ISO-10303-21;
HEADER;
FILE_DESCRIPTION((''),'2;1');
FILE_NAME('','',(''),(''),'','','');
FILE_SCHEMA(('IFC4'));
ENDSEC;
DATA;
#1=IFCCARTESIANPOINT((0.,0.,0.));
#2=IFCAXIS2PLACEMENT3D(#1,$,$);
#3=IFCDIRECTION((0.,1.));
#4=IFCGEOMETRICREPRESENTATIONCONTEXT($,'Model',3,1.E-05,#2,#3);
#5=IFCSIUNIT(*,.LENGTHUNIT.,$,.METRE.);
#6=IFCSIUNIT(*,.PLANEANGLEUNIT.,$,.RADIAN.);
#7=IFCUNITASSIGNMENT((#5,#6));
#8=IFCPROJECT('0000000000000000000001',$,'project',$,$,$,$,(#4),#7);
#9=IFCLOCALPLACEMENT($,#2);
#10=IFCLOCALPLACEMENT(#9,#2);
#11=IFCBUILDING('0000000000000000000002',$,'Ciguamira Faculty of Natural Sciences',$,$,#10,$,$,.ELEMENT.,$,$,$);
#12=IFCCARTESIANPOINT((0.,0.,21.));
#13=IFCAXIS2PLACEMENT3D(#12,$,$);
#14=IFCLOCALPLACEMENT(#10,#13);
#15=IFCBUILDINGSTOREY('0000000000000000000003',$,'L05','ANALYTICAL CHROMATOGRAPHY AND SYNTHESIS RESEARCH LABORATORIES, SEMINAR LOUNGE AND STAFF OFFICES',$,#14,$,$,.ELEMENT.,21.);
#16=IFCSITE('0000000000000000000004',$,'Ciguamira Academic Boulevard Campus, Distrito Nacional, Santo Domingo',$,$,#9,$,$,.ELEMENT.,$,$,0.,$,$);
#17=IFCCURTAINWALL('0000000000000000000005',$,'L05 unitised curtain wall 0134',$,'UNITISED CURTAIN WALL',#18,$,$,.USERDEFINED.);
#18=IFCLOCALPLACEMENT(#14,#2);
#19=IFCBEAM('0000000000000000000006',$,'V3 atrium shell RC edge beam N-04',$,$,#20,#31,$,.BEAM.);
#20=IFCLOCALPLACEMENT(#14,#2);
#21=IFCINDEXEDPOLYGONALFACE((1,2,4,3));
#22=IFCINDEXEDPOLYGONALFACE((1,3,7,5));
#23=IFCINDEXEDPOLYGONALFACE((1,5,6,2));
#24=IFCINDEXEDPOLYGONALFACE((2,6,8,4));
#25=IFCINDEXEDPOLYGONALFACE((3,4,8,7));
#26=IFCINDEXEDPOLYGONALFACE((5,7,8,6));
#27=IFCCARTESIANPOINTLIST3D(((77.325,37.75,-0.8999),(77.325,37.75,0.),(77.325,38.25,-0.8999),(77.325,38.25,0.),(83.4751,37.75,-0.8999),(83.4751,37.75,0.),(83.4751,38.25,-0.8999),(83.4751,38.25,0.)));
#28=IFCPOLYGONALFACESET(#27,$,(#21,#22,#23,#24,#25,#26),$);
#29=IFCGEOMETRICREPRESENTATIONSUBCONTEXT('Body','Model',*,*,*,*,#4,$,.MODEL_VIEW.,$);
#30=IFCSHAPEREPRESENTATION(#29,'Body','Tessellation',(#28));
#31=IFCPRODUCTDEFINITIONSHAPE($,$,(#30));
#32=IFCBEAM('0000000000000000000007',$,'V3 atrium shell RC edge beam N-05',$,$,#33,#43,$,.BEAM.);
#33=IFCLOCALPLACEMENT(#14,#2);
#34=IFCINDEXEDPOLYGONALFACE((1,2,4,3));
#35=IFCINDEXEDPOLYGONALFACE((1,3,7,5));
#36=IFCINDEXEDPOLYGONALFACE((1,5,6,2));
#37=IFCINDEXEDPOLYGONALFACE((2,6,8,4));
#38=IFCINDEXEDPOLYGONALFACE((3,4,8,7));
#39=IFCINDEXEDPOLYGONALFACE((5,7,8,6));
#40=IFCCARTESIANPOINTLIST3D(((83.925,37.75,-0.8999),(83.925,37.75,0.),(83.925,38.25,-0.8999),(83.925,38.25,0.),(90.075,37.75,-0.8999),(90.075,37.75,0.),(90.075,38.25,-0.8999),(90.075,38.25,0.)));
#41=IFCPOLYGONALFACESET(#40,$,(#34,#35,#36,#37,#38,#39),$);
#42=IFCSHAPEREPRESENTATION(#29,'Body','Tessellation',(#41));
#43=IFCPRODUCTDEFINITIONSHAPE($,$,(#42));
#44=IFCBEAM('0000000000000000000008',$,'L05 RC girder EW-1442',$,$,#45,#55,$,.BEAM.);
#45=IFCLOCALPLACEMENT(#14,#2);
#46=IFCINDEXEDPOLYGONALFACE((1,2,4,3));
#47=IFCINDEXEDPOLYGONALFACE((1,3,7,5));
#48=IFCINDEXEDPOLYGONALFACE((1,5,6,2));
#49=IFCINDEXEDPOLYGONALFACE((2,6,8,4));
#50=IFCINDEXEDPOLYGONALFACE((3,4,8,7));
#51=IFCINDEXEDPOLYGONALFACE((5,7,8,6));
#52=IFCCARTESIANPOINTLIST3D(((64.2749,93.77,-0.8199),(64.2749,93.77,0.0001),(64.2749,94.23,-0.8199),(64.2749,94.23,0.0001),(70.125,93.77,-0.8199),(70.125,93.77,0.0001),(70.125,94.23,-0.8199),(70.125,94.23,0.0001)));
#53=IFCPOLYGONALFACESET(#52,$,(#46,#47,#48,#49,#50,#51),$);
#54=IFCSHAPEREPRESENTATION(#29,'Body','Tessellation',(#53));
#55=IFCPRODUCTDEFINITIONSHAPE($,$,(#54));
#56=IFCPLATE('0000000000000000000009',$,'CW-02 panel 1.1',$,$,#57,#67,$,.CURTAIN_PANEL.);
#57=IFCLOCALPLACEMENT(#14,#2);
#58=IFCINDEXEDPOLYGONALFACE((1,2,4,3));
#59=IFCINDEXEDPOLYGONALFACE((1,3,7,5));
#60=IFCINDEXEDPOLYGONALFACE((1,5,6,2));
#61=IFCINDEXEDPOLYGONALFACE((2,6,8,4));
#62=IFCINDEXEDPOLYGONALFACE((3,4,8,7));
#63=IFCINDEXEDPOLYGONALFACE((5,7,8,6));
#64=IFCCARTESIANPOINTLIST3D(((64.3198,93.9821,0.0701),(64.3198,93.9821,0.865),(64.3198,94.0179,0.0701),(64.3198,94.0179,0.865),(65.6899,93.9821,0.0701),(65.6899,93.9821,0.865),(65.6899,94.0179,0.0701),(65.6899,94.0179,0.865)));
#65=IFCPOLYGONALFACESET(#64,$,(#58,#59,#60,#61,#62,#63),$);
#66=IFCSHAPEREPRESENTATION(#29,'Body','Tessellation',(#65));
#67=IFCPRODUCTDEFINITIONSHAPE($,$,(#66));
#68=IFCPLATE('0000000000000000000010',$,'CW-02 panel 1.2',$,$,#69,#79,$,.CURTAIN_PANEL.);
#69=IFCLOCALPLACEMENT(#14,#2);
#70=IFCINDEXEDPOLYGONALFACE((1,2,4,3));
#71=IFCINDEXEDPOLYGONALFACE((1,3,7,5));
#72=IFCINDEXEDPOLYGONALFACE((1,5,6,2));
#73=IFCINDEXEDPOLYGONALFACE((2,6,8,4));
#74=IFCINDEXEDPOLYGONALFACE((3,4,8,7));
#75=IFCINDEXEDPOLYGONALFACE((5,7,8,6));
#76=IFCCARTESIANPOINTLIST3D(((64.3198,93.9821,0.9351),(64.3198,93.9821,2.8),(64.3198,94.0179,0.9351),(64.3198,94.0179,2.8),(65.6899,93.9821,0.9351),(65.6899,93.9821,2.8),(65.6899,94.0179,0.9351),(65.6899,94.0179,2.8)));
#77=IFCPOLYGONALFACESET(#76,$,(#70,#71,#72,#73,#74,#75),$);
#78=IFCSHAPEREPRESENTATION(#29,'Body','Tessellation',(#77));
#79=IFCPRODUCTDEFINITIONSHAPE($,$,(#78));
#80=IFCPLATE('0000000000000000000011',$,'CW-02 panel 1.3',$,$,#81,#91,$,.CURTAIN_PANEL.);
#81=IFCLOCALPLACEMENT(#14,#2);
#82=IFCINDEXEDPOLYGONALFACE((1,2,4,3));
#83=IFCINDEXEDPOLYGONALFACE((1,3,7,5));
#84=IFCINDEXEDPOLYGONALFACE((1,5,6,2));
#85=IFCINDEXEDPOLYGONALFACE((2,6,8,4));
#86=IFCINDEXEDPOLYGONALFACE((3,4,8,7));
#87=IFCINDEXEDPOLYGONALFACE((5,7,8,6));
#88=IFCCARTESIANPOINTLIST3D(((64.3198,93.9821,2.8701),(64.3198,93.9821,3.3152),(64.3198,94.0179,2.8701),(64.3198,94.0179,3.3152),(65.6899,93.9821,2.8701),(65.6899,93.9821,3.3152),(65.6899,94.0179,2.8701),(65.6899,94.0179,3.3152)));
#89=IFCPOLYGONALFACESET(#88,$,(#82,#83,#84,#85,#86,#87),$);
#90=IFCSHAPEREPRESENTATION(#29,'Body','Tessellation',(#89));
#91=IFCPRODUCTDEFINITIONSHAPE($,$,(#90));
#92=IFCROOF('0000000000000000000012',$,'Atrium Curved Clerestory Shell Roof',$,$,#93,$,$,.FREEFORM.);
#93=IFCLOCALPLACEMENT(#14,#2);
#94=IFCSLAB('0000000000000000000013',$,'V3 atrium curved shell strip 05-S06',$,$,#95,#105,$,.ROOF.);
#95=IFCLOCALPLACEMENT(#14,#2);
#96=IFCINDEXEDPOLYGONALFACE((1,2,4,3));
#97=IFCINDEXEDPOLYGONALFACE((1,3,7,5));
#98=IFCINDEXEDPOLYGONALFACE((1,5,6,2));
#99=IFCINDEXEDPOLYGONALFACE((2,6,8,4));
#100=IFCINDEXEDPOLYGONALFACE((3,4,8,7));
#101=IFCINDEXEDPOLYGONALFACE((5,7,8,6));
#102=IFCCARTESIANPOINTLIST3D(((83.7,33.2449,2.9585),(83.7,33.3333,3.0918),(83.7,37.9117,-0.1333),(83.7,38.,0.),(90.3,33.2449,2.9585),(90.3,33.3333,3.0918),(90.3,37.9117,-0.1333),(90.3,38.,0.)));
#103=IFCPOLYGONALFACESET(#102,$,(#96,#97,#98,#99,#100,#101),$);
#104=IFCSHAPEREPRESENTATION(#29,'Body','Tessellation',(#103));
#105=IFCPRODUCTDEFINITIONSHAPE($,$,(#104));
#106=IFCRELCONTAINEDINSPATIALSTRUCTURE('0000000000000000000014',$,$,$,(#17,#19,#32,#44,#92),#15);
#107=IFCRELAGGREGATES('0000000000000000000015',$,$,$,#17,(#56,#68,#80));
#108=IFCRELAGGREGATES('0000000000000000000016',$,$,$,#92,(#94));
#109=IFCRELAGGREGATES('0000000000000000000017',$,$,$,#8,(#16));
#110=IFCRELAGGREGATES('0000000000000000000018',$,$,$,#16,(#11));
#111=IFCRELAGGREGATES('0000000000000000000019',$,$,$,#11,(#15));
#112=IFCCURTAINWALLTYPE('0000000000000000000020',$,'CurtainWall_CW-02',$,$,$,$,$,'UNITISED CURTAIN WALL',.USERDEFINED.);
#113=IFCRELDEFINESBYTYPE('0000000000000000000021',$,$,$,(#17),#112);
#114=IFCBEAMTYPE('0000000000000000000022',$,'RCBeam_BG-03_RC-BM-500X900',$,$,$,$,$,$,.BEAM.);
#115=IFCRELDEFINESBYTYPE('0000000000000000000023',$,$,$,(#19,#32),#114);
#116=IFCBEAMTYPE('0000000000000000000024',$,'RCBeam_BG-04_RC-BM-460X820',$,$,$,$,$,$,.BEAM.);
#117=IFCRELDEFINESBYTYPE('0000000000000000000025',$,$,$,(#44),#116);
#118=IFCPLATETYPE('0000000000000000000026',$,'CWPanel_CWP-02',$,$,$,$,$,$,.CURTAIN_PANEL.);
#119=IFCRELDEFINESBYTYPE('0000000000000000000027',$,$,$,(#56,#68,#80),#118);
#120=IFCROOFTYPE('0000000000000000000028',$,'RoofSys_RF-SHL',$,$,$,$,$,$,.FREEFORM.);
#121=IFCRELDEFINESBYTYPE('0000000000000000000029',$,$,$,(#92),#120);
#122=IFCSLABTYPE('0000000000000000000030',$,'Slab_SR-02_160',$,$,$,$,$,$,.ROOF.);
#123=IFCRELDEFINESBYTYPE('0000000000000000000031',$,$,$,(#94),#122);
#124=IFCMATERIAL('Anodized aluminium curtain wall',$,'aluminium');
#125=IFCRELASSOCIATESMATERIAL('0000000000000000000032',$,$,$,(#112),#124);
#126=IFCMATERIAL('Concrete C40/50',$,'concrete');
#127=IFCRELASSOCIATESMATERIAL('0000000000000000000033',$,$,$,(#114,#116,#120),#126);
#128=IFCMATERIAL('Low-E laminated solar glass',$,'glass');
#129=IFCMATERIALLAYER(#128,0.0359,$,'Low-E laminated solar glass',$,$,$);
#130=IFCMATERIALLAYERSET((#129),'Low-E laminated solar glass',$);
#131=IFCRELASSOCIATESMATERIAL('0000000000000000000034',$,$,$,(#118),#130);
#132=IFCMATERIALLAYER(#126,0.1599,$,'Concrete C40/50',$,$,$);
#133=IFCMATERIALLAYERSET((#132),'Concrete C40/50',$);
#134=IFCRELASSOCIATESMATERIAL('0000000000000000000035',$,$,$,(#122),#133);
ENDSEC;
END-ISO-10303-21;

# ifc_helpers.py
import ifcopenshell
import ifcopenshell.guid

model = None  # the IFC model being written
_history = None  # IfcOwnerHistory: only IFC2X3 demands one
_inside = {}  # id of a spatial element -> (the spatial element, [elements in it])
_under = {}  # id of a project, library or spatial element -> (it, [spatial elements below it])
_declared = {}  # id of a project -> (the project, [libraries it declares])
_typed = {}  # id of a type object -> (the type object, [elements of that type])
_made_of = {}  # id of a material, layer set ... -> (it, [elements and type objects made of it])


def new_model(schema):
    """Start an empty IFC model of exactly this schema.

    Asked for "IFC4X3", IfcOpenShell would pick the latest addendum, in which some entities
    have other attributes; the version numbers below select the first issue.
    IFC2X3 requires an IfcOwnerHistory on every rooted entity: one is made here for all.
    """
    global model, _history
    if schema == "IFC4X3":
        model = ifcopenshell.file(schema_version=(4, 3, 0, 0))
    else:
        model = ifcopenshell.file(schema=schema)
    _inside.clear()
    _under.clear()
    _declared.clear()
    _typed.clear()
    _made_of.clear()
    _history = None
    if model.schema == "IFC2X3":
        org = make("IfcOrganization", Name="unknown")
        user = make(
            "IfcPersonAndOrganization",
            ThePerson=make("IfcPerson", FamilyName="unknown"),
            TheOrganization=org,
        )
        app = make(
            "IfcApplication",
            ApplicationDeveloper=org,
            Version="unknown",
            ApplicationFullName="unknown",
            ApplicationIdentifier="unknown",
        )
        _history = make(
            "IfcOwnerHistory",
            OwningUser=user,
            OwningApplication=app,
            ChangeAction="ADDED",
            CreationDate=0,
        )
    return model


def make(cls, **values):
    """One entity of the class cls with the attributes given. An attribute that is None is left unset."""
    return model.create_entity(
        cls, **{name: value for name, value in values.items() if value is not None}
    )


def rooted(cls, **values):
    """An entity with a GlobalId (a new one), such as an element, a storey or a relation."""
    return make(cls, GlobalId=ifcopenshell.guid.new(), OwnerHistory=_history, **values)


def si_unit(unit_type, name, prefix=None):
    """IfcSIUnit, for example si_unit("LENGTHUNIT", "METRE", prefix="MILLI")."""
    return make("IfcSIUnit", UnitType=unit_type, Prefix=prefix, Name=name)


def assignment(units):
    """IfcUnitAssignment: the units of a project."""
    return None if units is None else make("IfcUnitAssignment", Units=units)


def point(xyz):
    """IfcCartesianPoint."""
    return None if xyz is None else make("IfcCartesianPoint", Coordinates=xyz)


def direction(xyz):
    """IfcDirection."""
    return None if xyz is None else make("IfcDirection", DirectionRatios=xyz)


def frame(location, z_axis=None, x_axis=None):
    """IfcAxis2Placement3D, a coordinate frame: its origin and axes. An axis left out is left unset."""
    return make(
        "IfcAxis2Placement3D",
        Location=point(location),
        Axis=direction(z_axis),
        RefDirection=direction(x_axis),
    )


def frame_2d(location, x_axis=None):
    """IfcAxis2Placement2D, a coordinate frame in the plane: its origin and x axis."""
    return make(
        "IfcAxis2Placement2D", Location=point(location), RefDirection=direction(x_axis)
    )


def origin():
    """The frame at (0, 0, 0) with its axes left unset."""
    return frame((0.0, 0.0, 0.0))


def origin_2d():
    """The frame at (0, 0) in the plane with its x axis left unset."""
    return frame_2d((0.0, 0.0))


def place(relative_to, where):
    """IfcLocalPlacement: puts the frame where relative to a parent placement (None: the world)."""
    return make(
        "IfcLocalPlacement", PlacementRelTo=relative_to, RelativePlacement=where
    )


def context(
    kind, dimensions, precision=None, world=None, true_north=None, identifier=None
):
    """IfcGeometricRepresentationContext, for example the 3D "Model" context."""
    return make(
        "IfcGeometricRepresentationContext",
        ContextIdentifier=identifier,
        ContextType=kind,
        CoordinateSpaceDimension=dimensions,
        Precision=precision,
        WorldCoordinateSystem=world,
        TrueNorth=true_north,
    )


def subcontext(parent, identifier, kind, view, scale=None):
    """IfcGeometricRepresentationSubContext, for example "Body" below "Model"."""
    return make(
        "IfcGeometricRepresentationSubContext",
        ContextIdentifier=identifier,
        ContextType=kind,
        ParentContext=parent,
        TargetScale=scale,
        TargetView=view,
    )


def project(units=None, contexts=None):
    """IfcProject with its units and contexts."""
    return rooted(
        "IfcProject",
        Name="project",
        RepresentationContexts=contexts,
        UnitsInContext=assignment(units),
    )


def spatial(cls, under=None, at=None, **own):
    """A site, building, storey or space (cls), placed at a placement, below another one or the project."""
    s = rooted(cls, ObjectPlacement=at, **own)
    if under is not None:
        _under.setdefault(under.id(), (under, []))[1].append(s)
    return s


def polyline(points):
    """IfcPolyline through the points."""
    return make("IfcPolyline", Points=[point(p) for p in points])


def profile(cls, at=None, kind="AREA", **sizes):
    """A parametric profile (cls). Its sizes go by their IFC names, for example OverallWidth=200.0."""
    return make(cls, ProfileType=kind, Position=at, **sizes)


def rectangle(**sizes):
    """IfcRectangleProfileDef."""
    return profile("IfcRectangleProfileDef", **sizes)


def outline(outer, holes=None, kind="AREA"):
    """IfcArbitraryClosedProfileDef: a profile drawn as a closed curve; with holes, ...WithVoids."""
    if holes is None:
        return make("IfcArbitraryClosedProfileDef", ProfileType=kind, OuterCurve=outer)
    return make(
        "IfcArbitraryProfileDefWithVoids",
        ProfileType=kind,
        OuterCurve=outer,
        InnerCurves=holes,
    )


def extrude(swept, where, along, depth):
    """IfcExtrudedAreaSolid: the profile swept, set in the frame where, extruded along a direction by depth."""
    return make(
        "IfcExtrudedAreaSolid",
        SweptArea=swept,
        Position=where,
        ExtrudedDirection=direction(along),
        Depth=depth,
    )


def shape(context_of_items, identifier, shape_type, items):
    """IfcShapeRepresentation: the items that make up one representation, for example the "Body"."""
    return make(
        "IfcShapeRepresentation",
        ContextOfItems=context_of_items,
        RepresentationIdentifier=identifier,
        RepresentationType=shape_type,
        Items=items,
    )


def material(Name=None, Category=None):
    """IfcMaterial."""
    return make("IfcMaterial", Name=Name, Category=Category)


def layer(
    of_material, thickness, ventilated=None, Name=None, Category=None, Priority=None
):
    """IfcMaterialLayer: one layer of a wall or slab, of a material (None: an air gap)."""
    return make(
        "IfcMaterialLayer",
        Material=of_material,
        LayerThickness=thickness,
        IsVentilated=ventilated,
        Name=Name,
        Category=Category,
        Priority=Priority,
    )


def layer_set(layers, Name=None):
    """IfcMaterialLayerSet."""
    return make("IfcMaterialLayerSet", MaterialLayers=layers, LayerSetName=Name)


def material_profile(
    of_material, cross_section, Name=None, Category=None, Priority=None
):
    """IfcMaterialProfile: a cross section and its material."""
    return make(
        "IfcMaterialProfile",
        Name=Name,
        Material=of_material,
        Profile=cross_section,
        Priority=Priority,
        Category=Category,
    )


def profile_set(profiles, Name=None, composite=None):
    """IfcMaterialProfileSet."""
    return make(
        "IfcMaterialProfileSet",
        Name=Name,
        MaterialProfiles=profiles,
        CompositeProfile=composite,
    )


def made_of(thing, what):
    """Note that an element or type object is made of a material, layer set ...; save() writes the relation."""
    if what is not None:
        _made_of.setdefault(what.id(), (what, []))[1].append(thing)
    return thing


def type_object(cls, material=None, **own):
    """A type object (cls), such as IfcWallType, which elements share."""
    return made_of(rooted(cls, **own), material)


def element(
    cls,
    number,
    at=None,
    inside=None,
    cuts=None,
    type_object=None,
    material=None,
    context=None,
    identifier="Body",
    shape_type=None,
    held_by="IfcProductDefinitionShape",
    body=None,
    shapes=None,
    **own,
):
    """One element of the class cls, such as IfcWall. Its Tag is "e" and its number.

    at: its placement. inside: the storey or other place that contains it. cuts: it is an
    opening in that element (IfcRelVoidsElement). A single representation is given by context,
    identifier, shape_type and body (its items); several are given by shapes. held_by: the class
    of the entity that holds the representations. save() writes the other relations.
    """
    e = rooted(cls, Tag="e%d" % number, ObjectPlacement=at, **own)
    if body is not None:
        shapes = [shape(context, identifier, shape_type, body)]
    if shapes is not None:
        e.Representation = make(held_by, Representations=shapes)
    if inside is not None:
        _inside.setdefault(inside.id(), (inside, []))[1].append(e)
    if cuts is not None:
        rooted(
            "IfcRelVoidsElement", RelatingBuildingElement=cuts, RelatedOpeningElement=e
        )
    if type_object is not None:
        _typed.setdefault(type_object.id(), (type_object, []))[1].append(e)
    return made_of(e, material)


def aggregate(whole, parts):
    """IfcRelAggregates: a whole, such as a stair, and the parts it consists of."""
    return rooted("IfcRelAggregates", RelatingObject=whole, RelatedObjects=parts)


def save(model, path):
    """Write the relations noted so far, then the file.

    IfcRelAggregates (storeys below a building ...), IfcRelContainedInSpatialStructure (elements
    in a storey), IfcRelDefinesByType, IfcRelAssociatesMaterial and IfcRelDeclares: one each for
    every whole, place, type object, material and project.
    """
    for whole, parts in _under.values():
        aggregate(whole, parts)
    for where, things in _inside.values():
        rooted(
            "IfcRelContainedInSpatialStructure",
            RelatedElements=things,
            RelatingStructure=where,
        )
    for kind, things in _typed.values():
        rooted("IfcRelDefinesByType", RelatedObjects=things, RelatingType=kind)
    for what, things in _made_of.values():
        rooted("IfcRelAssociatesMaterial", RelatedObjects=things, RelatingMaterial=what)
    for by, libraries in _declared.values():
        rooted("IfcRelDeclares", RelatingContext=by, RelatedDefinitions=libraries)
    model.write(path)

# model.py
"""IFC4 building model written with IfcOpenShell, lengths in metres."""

from ifc_helpers import new_model, si_unit, direction, frame, origin, origin_2d, place, context, subcontext, project, spatial, polyline, rectangle, outline, extrude, material, layer, layer_set, material_profile, profile_set, type_object, element, aggregate, save


model = new_model("IFC4")

# Units and contexts
model_context = context("Model", 3, precision=1e-05, world=origin(), true_north=direction((0.0, 1.0)))
body_context = subcontext(model_context, "Body", "Model", "MODEL_VIEW")
ifc_project = project(units=[si_unit("LENGTHUNIT", "METRE"), si_unit("PLANEANGLEUNIT", "RADIAN")], contexts=[model_context])

# Site, building, storey
site_placement = place(None, origin())
site = spatial("IfcSite", under=ifc_project, at=site_placement, Name="Ciguamira Academic Boulevard Campus, Distrito Nacional, Santo Domingo", CompositionType="ELEMENT", RefElevation=0.0)
building_placement = place(site_placement, origin())
building = spatial("IfcBuilding", under=site, at=building_placement, Name="Ciguamira Faculty of Natural Sciences", CompositionType="ELEMENT")
storey_placement = place(building_placement, frame((0.0, 0.0, 21.0)))
storey = spatial("IfcBuildingStorey", under=building, at=storey_placement, Name="L05", Description="ANALYTICAL CHROMATOGRAPHY AND SYNTHESIS RESEARCH LABORATORIES, SEMINAR LOUNGE AND STAFF OFFICES", CompositionType="ELEMENT", Elevation=21.0)

# Shared definitions
ifc_material_1 = material(Name="Concrete C40/50", Category="concrete")

# Curtain wall
ifc_material_2 = material(Name="Anodized aluminium curtain wall", Category="aluminium")
curtain_wall_type = type_object("IfcCurtainWallType", Name="CurtainWall_CW-02", ElementType="UNITISED CURTAIN WALL", PredefinedType="USERDEFINED", material=ifc_material_2)
curtain_wall_placement = place(storey_placement, origin())
curtain_wall = element("IfcCurtainWall", 1, at=curtain_wall_placement, inside=storey, type_object=curtain_wall_type, Name="L05 unitised curtain wall 0134", ObjectType="UNITISED CURTAIN WALL", PredefinedType="USERDEFINED")

# Beams
ifc_material_profile_1 = material_profile(ifc_material_1, rectangle(XDim=0.5, YDim=0.8999, at=origin_2d()), Name="RC-BM-500X900")
ifc_profile_set_1 = profile_set([ifc_material_profile_1], Name="Concrete C40/50")
beam_type_1 = type_object("IfcBeamType", Name="RCBeam_BG-03_RC-BM-500X900", PredefinedType="BEAM", material=ifc_profile_set_1)
beam_1_placement = place(storey_placement, frame((77.325, 38.0, -0.45), z_axis=(1.0, 0.0, 0.0), x_axis=(0.0, 1.0, 0.0)))
element("IfcBeam", 2, at=beam_1_placement, inside=storey, type_object=beam_type_1, Name="V3 atrium shell RC edge beam N-04", PredefinedType="BEAM", context=body_context, shape_type="SweptSolid", body=[
    extrude(rectangle(XDim=0.5, YDim=0.8999, at=origin_2d()), origin(), (0.0, 0.0, 1.0), 6.1501),
])
beam_2_placement = place(storey_placement, frame((83.925, 38.0, -0.45), z_axis=(1.0, 0.0, 0.0), x_axis=(0.0, 1.0, 0.0)))
element("IfcBeam", 3, at=beam_2_placement, inside=storey, type_object=beam_type_1, Name="V3 atrium shell RC edge beam N-05", PredefinedType="BEAM", context=body_context, shape_type="SweptSolid", body=[
    extrude(rectangle(XDim=0.5, YDim=0.8999, at=origin_2d()), origin(), (0.0, 0.0, 1.0), 6.1499),
])
ifc_material_profile_2 = material_profile(ifc_material_1, rectangle(XDim=0.46, YDim=0.8201, at=origin_2d()), Name="RC-BM-460X820")
ifc_profile_set_2 = profile_set([ifc_material_profile_2], Name="Concrete C40/50")
beam_type_2 = type_object("IfcBeamType", Name="RCBeam_BG-04_RC-BM-460X820", PredefinedType="BEAM", material=ifc_profile_set_2)
beam_3_placement = place(storey_placement, frame((64.2749, 94.0, -0.4099), z_axis=(1.0, 0.0, 0.0), x_axis=(0.0, 1.0, 0.0)))
element("IfcBeam", 4, at=beam_3_placement, inside=storey, type_object=beam_type_2, Name="L05 RC girder EW-1442", PredefinedType="BEAM", context=body_context, shape_type="SweptSolid", body=[
    extrude(rectangle(XDim=0.46, YDim=0.8201, at=origin_2d()), origin(), (0.0, 0.0, 1.0), 5.8501),
])

# Plates
ifc_material_3 = material(Name="Low-E laminated solar glass", Category="glass")
ifc_layer_1 = layer(ifc_material_3, 0.0359, Name="Low-E laminated solar glass")
ifc_layer_set_1 = layer_set([ifc_layer_1], Name="Low-E laminated solar glass")
plate_type = type_object("IfcPlateType", Name="CWPanel_CWP-02", PredefinedType="CURTAIN_PANEL", material=ifc_layer_set_1)
plate_1_placement = place(storey_placement, frame((65.0049, 94.0, 0.0701), z_axis=(0.0, 0.0, 1.0), x_axis=(1.0, 0.0, 0.0)))
plate_1 = element("IfcPlate", 5, at=plate_1_placement, type_object=plate_type, Name="CW-02 panel 1.1", PredefinedType="CURTAIN_PANEL", context=body_context, shape_type="SweptSolid", body=[
    extrude(rectangle(XDim=1.3701, YDim=0.0359, at=origin_2d()), origin(), (0.0, 0.0, 1.0), 0.7949),
])
plate_2_placement = place(storey_placement, frame((65.0049, 94.0, 0.9351), z_axis=(0.0, 0.0, 1.0), x_axis=(1.0, 0.0, 0.0)))
plate_2 = element("IfcPlate", 6, at=plate_2_placement, type_object=plate_type, Name="CW-02 panel 1.2", PredefinedType="CURTAIN_PANEL", context=body_context, shape_type="SweptSolid", body=[
    extrude(rectangle(XDim=1.3701, YDim=0.0359, at=origin_2d()), origin(), (0.0, 0.0, 1.0), 1.865),
])
plate_3_placement = place(storey_placement, frame((65.0049, 94.0, 2.8701), z_axis=(0.0, 0.0, 1.0), x_axis=(1.0, 0.0, 0.0)))
plate_3 = element("IfcPlate", 7, at=plate_3_placement, type_object=plate_type, Name="CW-02 panel 1.3", PredefinedType="CURTAIN_PANEL", context=body_context, shape_type="SweptSolid", body=[
    extrude(rectangle(XDim=1.3701, YDim=0.0359, at=origin_2d()), origin(), (0.0, 0.0, 1.0), 0.4451),
])
aggregate(curtain_wall, [plate_1, plate_2, plate_3])

# Roof, slab
roof_type = type_object("IfcRoofType", Name="RoofSys_RF-SHL", PredefinedType="FREEFORM", material=ifc_material_1)
roof_placement = place(storey_placement, origin())
roof = element("IfcRoof", 8, at=roof_placement, inside=storey, type_object=roof_type, Name="Atrium Curved Clerestory Shell Roof", PredefinedType="FREEFORM")
ifc_layer_2 = layer(ifc_material_1, 0.1599, Name="Concrete C40/50")
ifc_layer_set_2 = layer_set([ifc_layer_2], Name="Concrete C40/50")
slab_type = type_object("IfcSlabType", Name="Slab_SR-02_160", PredefinedType="ROOF", material=ifc_layer_set_2)
slab_placement = place(storey_placement, frame((83.7, 33.3333, 3.0918), z_axis=(0.0, 0.552303, 0.833644), x_axis=(1.0, 0.0, 0.0)))
slab = element("IfcSlab", 9, at=slab_placement, type_object=slab_type, Name="V3 atrium curved shell strip 05-S06", PredefinedType="ROOF", context=body_context, shape_type="SweptSolid", body=[
    extrude(outline(polyline([(0.0, 0.0), (6.6001, 0.0), (6.6001, 5.598), (0.0, 5.598), (0.0, 0.0)])), origin(), (0.0, 0.0, -1.0), 0.1599),
])
aggregate(roof, [slab])

save(model, "model.ifc")
